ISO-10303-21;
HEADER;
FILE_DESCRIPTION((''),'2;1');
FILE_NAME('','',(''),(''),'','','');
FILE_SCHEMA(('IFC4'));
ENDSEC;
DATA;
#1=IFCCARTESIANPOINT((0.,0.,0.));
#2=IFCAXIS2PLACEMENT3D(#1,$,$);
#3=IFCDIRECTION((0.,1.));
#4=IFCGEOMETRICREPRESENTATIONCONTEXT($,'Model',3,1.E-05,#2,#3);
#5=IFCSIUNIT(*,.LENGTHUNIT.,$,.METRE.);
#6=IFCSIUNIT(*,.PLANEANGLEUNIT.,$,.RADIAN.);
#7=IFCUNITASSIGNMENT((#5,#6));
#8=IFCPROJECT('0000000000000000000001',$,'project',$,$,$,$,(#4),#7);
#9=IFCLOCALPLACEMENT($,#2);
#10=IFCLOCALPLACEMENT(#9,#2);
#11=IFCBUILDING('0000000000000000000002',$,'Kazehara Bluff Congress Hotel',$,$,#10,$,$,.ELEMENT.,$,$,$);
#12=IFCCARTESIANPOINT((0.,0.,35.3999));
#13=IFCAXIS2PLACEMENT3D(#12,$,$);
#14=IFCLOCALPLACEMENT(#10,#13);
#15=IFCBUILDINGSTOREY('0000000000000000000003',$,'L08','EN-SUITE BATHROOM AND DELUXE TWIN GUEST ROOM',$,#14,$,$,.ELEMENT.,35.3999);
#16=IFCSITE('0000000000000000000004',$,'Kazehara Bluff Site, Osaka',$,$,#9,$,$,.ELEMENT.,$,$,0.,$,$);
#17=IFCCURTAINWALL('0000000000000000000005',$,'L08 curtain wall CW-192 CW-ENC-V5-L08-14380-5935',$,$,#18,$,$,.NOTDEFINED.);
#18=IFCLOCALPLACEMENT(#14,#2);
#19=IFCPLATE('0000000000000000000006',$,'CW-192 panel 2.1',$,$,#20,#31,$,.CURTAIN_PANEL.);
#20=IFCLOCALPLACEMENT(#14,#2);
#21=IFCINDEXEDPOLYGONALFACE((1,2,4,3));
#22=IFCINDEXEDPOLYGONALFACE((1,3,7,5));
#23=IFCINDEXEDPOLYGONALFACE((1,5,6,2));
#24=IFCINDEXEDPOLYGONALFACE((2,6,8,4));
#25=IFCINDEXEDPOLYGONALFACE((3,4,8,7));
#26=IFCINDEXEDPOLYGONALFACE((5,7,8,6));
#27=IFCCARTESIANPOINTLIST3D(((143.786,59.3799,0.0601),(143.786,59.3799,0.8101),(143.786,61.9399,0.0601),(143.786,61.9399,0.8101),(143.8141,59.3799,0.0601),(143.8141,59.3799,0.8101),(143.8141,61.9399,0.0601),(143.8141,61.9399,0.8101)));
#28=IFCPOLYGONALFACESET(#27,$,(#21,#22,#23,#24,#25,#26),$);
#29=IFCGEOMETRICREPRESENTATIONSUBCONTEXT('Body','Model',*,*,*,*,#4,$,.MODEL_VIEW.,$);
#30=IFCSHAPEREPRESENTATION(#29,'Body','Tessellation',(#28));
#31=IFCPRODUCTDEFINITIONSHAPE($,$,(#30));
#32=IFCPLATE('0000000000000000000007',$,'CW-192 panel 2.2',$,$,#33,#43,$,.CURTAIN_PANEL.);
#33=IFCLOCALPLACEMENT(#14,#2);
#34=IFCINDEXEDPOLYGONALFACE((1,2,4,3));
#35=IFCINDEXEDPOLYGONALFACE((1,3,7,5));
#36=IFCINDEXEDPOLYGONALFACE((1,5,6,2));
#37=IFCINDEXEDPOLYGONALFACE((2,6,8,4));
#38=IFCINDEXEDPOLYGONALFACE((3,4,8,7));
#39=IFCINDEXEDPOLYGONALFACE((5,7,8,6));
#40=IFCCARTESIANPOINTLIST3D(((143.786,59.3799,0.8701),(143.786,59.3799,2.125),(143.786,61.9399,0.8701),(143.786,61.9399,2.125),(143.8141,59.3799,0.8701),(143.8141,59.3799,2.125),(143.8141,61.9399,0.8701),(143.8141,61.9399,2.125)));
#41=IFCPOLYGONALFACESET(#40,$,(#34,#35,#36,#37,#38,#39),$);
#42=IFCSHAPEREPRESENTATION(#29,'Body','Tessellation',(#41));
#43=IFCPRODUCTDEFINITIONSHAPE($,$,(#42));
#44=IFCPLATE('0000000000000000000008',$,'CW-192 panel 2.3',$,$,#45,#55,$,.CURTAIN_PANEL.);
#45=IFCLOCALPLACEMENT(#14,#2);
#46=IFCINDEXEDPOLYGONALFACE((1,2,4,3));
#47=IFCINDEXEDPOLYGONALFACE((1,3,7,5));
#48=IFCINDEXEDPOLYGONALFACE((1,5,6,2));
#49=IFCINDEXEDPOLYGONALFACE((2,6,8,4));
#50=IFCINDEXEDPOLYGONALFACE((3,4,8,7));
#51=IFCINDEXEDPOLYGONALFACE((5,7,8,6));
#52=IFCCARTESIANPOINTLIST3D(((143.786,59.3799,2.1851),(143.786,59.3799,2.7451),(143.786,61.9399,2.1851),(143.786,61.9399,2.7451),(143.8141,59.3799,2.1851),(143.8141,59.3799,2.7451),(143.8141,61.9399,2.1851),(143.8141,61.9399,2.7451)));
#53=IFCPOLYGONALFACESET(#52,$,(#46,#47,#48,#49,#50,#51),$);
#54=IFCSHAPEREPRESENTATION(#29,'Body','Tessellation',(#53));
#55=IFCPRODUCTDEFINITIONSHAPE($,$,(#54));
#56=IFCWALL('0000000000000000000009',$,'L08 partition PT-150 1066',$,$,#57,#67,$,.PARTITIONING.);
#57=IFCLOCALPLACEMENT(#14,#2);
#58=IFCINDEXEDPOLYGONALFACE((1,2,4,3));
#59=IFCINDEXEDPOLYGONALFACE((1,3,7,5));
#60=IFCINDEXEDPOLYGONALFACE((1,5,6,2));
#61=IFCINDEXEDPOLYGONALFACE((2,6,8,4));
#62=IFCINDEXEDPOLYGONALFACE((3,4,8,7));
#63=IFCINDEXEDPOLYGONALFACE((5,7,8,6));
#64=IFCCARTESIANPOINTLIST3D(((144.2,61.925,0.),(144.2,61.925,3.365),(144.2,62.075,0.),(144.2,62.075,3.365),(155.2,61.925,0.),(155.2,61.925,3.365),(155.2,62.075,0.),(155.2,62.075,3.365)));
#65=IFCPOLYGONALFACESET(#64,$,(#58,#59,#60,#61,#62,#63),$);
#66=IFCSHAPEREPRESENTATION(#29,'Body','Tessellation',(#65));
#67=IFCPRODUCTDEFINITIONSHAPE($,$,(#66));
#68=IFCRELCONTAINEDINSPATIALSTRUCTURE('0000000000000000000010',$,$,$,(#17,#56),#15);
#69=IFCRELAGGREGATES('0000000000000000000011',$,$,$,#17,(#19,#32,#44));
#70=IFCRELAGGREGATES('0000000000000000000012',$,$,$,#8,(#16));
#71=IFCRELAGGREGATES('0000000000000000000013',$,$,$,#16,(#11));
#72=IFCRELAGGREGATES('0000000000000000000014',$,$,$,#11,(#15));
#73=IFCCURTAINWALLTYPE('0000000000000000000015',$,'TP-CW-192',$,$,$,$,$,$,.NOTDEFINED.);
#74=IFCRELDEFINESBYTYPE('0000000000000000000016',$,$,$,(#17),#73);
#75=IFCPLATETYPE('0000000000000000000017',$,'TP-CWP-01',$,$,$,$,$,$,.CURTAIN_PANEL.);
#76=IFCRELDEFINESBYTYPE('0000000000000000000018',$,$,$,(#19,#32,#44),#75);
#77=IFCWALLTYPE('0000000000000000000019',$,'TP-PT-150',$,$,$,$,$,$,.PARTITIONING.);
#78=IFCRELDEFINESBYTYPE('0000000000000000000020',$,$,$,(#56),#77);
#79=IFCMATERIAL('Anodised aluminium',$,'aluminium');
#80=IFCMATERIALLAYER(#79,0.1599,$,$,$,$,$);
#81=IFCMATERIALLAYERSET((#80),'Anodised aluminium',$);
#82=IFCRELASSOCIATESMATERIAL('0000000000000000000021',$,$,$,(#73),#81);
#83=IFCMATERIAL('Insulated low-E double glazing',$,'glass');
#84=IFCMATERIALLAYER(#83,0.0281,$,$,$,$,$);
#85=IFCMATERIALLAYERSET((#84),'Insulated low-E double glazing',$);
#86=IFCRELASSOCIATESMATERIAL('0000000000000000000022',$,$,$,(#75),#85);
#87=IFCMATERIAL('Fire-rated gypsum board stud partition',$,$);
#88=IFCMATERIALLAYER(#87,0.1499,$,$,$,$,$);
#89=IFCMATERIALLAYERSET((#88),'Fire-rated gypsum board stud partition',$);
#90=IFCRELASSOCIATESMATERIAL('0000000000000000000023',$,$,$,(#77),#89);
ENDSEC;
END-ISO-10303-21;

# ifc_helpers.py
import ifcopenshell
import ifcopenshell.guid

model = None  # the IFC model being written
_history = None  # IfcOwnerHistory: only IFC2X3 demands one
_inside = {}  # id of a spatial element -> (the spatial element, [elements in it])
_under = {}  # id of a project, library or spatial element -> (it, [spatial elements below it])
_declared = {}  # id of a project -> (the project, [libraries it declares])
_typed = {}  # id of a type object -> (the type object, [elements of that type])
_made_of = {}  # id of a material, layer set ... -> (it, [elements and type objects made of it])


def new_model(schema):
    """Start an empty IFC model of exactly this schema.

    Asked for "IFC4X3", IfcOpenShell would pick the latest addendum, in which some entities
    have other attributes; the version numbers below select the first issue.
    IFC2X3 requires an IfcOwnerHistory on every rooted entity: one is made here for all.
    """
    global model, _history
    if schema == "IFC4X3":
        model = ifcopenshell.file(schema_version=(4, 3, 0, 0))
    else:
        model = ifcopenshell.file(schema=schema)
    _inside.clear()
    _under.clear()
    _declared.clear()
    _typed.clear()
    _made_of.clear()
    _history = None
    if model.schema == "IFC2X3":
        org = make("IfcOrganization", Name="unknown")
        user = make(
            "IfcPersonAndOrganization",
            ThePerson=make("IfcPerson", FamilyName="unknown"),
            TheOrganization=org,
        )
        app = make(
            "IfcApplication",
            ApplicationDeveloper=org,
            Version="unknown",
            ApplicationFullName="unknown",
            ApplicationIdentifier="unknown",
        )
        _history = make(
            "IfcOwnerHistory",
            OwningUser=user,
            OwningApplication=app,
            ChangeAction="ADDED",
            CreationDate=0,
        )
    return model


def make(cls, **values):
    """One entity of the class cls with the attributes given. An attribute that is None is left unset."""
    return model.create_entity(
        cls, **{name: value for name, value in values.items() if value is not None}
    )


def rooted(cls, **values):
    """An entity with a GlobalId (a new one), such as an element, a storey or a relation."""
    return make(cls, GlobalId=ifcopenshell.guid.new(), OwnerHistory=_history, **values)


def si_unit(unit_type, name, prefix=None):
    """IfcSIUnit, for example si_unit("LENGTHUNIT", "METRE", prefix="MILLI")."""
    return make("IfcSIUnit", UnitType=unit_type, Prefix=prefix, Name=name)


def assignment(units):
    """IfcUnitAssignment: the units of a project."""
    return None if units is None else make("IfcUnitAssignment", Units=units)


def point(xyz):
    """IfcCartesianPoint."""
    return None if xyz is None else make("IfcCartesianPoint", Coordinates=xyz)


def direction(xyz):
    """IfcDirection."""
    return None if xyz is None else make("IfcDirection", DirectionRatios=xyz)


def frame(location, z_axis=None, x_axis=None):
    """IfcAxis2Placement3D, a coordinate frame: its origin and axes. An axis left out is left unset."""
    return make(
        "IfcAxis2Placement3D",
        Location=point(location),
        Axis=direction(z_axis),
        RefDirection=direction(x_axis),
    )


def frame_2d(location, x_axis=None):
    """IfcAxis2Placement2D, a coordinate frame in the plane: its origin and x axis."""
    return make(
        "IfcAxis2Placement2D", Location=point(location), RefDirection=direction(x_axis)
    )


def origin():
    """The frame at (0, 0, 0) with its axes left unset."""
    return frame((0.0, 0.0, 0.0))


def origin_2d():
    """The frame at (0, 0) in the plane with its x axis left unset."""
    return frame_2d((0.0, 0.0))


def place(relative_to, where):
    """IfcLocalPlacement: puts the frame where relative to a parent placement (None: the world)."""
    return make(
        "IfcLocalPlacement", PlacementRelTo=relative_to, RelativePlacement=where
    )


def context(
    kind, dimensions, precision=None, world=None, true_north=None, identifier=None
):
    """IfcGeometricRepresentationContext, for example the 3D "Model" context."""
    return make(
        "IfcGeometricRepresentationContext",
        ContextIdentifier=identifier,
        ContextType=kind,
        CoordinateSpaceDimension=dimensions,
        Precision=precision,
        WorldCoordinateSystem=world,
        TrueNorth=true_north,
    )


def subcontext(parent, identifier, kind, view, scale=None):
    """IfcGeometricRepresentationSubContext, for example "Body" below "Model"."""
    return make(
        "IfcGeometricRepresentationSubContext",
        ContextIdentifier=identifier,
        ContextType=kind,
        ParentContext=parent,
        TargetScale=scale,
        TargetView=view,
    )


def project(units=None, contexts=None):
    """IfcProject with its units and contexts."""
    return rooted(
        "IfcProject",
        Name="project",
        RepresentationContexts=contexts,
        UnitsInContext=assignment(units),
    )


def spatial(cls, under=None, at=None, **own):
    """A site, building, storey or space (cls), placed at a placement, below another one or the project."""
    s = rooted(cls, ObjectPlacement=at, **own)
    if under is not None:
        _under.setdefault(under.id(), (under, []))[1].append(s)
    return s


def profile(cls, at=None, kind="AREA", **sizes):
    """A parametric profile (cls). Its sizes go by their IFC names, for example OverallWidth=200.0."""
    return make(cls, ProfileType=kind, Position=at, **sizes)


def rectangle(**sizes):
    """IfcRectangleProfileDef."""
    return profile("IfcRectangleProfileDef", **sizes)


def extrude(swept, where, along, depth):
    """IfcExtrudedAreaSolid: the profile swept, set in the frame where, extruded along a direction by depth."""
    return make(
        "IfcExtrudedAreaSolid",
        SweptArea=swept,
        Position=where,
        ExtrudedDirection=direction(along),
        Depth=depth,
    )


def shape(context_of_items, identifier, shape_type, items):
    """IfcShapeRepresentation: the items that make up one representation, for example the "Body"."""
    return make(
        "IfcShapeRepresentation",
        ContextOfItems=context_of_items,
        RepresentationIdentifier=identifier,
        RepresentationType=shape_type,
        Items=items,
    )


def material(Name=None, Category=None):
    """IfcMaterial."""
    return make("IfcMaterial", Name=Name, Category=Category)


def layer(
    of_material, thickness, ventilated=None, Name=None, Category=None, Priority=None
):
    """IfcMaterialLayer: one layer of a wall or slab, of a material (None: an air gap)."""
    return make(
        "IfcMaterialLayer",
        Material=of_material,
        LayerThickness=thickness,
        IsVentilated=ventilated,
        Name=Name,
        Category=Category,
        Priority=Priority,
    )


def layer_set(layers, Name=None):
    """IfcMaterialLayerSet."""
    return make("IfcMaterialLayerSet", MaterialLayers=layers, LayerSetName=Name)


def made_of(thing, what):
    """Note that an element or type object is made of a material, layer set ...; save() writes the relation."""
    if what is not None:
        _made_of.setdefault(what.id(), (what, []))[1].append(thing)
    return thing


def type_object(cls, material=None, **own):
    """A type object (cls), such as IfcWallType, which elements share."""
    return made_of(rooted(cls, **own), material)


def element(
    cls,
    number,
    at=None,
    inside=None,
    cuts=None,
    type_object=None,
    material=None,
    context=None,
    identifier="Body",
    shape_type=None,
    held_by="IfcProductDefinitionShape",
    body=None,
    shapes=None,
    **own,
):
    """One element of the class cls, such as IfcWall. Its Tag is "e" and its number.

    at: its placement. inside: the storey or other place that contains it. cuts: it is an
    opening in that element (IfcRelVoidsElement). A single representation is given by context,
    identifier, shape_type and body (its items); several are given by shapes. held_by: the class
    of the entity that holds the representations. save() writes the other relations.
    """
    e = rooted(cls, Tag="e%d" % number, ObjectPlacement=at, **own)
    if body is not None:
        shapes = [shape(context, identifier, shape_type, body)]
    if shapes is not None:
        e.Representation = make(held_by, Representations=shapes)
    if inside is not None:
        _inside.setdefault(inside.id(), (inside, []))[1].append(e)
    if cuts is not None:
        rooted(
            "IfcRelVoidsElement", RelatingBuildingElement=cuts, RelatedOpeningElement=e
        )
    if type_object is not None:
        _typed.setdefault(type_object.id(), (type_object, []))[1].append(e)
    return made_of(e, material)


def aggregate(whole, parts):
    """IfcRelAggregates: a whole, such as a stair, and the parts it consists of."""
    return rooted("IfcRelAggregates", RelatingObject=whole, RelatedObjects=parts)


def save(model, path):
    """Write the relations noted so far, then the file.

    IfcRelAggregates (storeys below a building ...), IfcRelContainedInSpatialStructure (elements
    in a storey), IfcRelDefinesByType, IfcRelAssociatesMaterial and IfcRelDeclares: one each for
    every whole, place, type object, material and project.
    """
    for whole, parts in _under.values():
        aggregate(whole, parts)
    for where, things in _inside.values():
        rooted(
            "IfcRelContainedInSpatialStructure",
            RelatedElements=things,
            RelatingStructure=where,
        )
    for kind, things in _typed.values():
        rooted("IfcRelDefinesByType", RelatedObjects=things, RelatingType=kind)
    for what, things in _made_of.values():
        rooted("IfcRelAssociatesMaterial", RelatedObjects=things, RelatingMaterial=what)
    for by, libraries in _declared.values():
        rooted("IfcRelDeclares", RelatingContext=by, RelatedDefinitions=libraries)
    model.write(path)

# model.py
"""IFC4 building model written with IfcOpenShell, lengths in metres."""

from ifc_helpers import new_model, si_unit, direction, frame, frame_2d, origin, origin_2d, place, context, subcontext, project, spatial, rectangle, extrude, material, layer, layer_set, type_object, element, aggregate, save


model = new_model("IFC4")

# Units and contexts
model_context = context("Model", 3, precision=1e-05, world=origin(), true_north=direction((0.0, 1.0)))
body_context = subcontext(model_context, "Body", "Model", "MODEL_VIEW")
ifc_project = project(units=[si_unit("LENGTHUNIT", "METRE"), si_unit("PLANEANGLEUNIT", "RADIAN")], contexts=[model_context])

# Site, building, storey
site_placement = place(None, origin())
site = spatial("IfcSite", under=ifc_project, at=site_placement, Name="Kazehara Bluff Site, Osaka", CompositionType="ELEMENT", RefElevation=0.0)
building_placement = place(site_placement, origin())
building = spatial("IfcBuilding", under=site, at=building_placement, Name="Kazehara Bluff Congress Hotel", CompositionType="ELEMENT")
storey_placement = place(building_placement, frame((0.0, 0.0, 35.3999)))
storey = spatial("IfcBuildingStorey", under=building, at=storey_placement, Name="L08", Description="EN-SUITE BATHROOM AND DELUXE TWIN GUEST ROOM", CompositionType="ELEMENT", Elevation=35.3999)

# Curtain wall
ifc_material_1 = material(Name="Anodised aluminium", Category="aluminium")
ifc_layer_1 = layer(ifc_material_1, 0.1599)
ifc_layer_set_1 = layer_set([ifc_layer_1], Name="Anodised aluminium")
curtain_wall_type_1 = type_object("IfcCurtainWallType", Name="TP-CW-192", PredefinedType="NOTDEFINED", material=ifc_layer_set_1)
curtain_wall_1_placement = place(storey_placement, origin())
curtain_wall_1 = element("IfcCurtainWall", 1, at=curtain_wall_1_placement, inside=storey, type_object=curtain_wall_type_1, Name="L08 curtain wall CW-192 CW-ENC-V5-L08-14380-5935", PredefinedType="NOTDEFINED")

# Plates
ifc_material_2 = material(Name="Insulated low-E double glazing", Category="glass")
ifc_layer_2 = layer(ifc_material_2, 0.0281)
ifc_layer_set_2 = layer_set([ifc_layer_2], Name="Insulated low-E double glazing")
plate_type = type_object("IfcPlateType", Name="TP-CWP-01", PredefinedType="CURTAIN_PANEL", material=ifc_layer_set_2)
plate_1_placement = place(storey_placement, frame((143.8, 60.6599, 0.0601), z_axis=(0.0, 0.0, 1.0), x_axis=(0.0, 1.0, 0.0)))
plate_1 = element("IfcPlate", 2, at=plate_1_placement, type_object=plate_type, Name="CW-192 panel 2.1", PredefinedType="CURTAIN_PANEL", context=body_context, shape_type="SweptSolid", body=[
    extrude(rectangle(XDim=2.5601, YDim=0.0281, at=origin_2d()), origin(), (0.0, 0.0, 1.0), 0.75),
])
plate_2_placement = place(storey_placement, frame((143.8, 60.6599, 0.8701), z_axis=(0.0, 0.0, 1.0), x_axis=(0.0, 1.0, 0.0)))
plate_2 = element("IfcPlate", 3, at=plate_2_placement, type_object=plate_type, Name="CW-192 panel 2.2", PredefinedType="CURTAIN_PANEL", context=body_context, shape_type="SweptSolid", body=[
    extrude(rectangle(XDim=2.5601, YDim=0.0281, at=origin_2d()), origin(), (0.0, 0.0, 1.0), 1.2549),
])
plate_3_placement = place(storey_placement, frame((143.8, 60.6599, 2.1851), z_axis=(0.0, 0.0, 1.0), x_axis=(0.0, 1.0, 0.0)))
plate_3 = element("IfcPlate", 4, at=plate_3_placement, type_object=plate_type, Name="CW-192 panel 2.3", PredefinedType="CURTAIN_PANEL", context=body_context, shape_type="SweptSolid", body=[
    extrude(rectangle(XDim=2.5601, YDim=0.0281, at=origin_2d()), origin(), (0.0, 0.0, 1.0), 0.5601),
])
aggregate(curtain_wall_1, [plate_1, plate_2, plate_3])

# Wall
ifc_material_3 = material(Name="Fire-rated gypsum board stud partition")
ifc_layer_3 = layer(ifc_material_3, 0.1499)
ifc_layer_set_3 = layer_set([ifc_layer_3], Name="Fire-rated gypsum board stud partition")
wall_type = type_object("IfcWallType", Name="TP-PT-150", PredefinedType="PARTITIONING", material=ifc_layer_set_3)
wall_placement = place(storey_placement, frame((144.2, 62.0, 0.0), z_axis=(0.0, 0.0, 1.0), x_axis=(1.0, 0.0, 0.0)))
element("IfcWall", 5, at=wall_placement, inside=storey, type_object=wall_type, Name="L08 partition PT-150 1066", PredefinedType="PARTITIONING", context=body_context, shape_type="SweptSolid", body=[
    extrude(rectangle(XDim=11.0, YDim=0.1499, at=frame_2d((5.5, 0.0))), origin(), (0.0, 0.0, 1.0), 3.365),
])

save(model, "model.ifc")
